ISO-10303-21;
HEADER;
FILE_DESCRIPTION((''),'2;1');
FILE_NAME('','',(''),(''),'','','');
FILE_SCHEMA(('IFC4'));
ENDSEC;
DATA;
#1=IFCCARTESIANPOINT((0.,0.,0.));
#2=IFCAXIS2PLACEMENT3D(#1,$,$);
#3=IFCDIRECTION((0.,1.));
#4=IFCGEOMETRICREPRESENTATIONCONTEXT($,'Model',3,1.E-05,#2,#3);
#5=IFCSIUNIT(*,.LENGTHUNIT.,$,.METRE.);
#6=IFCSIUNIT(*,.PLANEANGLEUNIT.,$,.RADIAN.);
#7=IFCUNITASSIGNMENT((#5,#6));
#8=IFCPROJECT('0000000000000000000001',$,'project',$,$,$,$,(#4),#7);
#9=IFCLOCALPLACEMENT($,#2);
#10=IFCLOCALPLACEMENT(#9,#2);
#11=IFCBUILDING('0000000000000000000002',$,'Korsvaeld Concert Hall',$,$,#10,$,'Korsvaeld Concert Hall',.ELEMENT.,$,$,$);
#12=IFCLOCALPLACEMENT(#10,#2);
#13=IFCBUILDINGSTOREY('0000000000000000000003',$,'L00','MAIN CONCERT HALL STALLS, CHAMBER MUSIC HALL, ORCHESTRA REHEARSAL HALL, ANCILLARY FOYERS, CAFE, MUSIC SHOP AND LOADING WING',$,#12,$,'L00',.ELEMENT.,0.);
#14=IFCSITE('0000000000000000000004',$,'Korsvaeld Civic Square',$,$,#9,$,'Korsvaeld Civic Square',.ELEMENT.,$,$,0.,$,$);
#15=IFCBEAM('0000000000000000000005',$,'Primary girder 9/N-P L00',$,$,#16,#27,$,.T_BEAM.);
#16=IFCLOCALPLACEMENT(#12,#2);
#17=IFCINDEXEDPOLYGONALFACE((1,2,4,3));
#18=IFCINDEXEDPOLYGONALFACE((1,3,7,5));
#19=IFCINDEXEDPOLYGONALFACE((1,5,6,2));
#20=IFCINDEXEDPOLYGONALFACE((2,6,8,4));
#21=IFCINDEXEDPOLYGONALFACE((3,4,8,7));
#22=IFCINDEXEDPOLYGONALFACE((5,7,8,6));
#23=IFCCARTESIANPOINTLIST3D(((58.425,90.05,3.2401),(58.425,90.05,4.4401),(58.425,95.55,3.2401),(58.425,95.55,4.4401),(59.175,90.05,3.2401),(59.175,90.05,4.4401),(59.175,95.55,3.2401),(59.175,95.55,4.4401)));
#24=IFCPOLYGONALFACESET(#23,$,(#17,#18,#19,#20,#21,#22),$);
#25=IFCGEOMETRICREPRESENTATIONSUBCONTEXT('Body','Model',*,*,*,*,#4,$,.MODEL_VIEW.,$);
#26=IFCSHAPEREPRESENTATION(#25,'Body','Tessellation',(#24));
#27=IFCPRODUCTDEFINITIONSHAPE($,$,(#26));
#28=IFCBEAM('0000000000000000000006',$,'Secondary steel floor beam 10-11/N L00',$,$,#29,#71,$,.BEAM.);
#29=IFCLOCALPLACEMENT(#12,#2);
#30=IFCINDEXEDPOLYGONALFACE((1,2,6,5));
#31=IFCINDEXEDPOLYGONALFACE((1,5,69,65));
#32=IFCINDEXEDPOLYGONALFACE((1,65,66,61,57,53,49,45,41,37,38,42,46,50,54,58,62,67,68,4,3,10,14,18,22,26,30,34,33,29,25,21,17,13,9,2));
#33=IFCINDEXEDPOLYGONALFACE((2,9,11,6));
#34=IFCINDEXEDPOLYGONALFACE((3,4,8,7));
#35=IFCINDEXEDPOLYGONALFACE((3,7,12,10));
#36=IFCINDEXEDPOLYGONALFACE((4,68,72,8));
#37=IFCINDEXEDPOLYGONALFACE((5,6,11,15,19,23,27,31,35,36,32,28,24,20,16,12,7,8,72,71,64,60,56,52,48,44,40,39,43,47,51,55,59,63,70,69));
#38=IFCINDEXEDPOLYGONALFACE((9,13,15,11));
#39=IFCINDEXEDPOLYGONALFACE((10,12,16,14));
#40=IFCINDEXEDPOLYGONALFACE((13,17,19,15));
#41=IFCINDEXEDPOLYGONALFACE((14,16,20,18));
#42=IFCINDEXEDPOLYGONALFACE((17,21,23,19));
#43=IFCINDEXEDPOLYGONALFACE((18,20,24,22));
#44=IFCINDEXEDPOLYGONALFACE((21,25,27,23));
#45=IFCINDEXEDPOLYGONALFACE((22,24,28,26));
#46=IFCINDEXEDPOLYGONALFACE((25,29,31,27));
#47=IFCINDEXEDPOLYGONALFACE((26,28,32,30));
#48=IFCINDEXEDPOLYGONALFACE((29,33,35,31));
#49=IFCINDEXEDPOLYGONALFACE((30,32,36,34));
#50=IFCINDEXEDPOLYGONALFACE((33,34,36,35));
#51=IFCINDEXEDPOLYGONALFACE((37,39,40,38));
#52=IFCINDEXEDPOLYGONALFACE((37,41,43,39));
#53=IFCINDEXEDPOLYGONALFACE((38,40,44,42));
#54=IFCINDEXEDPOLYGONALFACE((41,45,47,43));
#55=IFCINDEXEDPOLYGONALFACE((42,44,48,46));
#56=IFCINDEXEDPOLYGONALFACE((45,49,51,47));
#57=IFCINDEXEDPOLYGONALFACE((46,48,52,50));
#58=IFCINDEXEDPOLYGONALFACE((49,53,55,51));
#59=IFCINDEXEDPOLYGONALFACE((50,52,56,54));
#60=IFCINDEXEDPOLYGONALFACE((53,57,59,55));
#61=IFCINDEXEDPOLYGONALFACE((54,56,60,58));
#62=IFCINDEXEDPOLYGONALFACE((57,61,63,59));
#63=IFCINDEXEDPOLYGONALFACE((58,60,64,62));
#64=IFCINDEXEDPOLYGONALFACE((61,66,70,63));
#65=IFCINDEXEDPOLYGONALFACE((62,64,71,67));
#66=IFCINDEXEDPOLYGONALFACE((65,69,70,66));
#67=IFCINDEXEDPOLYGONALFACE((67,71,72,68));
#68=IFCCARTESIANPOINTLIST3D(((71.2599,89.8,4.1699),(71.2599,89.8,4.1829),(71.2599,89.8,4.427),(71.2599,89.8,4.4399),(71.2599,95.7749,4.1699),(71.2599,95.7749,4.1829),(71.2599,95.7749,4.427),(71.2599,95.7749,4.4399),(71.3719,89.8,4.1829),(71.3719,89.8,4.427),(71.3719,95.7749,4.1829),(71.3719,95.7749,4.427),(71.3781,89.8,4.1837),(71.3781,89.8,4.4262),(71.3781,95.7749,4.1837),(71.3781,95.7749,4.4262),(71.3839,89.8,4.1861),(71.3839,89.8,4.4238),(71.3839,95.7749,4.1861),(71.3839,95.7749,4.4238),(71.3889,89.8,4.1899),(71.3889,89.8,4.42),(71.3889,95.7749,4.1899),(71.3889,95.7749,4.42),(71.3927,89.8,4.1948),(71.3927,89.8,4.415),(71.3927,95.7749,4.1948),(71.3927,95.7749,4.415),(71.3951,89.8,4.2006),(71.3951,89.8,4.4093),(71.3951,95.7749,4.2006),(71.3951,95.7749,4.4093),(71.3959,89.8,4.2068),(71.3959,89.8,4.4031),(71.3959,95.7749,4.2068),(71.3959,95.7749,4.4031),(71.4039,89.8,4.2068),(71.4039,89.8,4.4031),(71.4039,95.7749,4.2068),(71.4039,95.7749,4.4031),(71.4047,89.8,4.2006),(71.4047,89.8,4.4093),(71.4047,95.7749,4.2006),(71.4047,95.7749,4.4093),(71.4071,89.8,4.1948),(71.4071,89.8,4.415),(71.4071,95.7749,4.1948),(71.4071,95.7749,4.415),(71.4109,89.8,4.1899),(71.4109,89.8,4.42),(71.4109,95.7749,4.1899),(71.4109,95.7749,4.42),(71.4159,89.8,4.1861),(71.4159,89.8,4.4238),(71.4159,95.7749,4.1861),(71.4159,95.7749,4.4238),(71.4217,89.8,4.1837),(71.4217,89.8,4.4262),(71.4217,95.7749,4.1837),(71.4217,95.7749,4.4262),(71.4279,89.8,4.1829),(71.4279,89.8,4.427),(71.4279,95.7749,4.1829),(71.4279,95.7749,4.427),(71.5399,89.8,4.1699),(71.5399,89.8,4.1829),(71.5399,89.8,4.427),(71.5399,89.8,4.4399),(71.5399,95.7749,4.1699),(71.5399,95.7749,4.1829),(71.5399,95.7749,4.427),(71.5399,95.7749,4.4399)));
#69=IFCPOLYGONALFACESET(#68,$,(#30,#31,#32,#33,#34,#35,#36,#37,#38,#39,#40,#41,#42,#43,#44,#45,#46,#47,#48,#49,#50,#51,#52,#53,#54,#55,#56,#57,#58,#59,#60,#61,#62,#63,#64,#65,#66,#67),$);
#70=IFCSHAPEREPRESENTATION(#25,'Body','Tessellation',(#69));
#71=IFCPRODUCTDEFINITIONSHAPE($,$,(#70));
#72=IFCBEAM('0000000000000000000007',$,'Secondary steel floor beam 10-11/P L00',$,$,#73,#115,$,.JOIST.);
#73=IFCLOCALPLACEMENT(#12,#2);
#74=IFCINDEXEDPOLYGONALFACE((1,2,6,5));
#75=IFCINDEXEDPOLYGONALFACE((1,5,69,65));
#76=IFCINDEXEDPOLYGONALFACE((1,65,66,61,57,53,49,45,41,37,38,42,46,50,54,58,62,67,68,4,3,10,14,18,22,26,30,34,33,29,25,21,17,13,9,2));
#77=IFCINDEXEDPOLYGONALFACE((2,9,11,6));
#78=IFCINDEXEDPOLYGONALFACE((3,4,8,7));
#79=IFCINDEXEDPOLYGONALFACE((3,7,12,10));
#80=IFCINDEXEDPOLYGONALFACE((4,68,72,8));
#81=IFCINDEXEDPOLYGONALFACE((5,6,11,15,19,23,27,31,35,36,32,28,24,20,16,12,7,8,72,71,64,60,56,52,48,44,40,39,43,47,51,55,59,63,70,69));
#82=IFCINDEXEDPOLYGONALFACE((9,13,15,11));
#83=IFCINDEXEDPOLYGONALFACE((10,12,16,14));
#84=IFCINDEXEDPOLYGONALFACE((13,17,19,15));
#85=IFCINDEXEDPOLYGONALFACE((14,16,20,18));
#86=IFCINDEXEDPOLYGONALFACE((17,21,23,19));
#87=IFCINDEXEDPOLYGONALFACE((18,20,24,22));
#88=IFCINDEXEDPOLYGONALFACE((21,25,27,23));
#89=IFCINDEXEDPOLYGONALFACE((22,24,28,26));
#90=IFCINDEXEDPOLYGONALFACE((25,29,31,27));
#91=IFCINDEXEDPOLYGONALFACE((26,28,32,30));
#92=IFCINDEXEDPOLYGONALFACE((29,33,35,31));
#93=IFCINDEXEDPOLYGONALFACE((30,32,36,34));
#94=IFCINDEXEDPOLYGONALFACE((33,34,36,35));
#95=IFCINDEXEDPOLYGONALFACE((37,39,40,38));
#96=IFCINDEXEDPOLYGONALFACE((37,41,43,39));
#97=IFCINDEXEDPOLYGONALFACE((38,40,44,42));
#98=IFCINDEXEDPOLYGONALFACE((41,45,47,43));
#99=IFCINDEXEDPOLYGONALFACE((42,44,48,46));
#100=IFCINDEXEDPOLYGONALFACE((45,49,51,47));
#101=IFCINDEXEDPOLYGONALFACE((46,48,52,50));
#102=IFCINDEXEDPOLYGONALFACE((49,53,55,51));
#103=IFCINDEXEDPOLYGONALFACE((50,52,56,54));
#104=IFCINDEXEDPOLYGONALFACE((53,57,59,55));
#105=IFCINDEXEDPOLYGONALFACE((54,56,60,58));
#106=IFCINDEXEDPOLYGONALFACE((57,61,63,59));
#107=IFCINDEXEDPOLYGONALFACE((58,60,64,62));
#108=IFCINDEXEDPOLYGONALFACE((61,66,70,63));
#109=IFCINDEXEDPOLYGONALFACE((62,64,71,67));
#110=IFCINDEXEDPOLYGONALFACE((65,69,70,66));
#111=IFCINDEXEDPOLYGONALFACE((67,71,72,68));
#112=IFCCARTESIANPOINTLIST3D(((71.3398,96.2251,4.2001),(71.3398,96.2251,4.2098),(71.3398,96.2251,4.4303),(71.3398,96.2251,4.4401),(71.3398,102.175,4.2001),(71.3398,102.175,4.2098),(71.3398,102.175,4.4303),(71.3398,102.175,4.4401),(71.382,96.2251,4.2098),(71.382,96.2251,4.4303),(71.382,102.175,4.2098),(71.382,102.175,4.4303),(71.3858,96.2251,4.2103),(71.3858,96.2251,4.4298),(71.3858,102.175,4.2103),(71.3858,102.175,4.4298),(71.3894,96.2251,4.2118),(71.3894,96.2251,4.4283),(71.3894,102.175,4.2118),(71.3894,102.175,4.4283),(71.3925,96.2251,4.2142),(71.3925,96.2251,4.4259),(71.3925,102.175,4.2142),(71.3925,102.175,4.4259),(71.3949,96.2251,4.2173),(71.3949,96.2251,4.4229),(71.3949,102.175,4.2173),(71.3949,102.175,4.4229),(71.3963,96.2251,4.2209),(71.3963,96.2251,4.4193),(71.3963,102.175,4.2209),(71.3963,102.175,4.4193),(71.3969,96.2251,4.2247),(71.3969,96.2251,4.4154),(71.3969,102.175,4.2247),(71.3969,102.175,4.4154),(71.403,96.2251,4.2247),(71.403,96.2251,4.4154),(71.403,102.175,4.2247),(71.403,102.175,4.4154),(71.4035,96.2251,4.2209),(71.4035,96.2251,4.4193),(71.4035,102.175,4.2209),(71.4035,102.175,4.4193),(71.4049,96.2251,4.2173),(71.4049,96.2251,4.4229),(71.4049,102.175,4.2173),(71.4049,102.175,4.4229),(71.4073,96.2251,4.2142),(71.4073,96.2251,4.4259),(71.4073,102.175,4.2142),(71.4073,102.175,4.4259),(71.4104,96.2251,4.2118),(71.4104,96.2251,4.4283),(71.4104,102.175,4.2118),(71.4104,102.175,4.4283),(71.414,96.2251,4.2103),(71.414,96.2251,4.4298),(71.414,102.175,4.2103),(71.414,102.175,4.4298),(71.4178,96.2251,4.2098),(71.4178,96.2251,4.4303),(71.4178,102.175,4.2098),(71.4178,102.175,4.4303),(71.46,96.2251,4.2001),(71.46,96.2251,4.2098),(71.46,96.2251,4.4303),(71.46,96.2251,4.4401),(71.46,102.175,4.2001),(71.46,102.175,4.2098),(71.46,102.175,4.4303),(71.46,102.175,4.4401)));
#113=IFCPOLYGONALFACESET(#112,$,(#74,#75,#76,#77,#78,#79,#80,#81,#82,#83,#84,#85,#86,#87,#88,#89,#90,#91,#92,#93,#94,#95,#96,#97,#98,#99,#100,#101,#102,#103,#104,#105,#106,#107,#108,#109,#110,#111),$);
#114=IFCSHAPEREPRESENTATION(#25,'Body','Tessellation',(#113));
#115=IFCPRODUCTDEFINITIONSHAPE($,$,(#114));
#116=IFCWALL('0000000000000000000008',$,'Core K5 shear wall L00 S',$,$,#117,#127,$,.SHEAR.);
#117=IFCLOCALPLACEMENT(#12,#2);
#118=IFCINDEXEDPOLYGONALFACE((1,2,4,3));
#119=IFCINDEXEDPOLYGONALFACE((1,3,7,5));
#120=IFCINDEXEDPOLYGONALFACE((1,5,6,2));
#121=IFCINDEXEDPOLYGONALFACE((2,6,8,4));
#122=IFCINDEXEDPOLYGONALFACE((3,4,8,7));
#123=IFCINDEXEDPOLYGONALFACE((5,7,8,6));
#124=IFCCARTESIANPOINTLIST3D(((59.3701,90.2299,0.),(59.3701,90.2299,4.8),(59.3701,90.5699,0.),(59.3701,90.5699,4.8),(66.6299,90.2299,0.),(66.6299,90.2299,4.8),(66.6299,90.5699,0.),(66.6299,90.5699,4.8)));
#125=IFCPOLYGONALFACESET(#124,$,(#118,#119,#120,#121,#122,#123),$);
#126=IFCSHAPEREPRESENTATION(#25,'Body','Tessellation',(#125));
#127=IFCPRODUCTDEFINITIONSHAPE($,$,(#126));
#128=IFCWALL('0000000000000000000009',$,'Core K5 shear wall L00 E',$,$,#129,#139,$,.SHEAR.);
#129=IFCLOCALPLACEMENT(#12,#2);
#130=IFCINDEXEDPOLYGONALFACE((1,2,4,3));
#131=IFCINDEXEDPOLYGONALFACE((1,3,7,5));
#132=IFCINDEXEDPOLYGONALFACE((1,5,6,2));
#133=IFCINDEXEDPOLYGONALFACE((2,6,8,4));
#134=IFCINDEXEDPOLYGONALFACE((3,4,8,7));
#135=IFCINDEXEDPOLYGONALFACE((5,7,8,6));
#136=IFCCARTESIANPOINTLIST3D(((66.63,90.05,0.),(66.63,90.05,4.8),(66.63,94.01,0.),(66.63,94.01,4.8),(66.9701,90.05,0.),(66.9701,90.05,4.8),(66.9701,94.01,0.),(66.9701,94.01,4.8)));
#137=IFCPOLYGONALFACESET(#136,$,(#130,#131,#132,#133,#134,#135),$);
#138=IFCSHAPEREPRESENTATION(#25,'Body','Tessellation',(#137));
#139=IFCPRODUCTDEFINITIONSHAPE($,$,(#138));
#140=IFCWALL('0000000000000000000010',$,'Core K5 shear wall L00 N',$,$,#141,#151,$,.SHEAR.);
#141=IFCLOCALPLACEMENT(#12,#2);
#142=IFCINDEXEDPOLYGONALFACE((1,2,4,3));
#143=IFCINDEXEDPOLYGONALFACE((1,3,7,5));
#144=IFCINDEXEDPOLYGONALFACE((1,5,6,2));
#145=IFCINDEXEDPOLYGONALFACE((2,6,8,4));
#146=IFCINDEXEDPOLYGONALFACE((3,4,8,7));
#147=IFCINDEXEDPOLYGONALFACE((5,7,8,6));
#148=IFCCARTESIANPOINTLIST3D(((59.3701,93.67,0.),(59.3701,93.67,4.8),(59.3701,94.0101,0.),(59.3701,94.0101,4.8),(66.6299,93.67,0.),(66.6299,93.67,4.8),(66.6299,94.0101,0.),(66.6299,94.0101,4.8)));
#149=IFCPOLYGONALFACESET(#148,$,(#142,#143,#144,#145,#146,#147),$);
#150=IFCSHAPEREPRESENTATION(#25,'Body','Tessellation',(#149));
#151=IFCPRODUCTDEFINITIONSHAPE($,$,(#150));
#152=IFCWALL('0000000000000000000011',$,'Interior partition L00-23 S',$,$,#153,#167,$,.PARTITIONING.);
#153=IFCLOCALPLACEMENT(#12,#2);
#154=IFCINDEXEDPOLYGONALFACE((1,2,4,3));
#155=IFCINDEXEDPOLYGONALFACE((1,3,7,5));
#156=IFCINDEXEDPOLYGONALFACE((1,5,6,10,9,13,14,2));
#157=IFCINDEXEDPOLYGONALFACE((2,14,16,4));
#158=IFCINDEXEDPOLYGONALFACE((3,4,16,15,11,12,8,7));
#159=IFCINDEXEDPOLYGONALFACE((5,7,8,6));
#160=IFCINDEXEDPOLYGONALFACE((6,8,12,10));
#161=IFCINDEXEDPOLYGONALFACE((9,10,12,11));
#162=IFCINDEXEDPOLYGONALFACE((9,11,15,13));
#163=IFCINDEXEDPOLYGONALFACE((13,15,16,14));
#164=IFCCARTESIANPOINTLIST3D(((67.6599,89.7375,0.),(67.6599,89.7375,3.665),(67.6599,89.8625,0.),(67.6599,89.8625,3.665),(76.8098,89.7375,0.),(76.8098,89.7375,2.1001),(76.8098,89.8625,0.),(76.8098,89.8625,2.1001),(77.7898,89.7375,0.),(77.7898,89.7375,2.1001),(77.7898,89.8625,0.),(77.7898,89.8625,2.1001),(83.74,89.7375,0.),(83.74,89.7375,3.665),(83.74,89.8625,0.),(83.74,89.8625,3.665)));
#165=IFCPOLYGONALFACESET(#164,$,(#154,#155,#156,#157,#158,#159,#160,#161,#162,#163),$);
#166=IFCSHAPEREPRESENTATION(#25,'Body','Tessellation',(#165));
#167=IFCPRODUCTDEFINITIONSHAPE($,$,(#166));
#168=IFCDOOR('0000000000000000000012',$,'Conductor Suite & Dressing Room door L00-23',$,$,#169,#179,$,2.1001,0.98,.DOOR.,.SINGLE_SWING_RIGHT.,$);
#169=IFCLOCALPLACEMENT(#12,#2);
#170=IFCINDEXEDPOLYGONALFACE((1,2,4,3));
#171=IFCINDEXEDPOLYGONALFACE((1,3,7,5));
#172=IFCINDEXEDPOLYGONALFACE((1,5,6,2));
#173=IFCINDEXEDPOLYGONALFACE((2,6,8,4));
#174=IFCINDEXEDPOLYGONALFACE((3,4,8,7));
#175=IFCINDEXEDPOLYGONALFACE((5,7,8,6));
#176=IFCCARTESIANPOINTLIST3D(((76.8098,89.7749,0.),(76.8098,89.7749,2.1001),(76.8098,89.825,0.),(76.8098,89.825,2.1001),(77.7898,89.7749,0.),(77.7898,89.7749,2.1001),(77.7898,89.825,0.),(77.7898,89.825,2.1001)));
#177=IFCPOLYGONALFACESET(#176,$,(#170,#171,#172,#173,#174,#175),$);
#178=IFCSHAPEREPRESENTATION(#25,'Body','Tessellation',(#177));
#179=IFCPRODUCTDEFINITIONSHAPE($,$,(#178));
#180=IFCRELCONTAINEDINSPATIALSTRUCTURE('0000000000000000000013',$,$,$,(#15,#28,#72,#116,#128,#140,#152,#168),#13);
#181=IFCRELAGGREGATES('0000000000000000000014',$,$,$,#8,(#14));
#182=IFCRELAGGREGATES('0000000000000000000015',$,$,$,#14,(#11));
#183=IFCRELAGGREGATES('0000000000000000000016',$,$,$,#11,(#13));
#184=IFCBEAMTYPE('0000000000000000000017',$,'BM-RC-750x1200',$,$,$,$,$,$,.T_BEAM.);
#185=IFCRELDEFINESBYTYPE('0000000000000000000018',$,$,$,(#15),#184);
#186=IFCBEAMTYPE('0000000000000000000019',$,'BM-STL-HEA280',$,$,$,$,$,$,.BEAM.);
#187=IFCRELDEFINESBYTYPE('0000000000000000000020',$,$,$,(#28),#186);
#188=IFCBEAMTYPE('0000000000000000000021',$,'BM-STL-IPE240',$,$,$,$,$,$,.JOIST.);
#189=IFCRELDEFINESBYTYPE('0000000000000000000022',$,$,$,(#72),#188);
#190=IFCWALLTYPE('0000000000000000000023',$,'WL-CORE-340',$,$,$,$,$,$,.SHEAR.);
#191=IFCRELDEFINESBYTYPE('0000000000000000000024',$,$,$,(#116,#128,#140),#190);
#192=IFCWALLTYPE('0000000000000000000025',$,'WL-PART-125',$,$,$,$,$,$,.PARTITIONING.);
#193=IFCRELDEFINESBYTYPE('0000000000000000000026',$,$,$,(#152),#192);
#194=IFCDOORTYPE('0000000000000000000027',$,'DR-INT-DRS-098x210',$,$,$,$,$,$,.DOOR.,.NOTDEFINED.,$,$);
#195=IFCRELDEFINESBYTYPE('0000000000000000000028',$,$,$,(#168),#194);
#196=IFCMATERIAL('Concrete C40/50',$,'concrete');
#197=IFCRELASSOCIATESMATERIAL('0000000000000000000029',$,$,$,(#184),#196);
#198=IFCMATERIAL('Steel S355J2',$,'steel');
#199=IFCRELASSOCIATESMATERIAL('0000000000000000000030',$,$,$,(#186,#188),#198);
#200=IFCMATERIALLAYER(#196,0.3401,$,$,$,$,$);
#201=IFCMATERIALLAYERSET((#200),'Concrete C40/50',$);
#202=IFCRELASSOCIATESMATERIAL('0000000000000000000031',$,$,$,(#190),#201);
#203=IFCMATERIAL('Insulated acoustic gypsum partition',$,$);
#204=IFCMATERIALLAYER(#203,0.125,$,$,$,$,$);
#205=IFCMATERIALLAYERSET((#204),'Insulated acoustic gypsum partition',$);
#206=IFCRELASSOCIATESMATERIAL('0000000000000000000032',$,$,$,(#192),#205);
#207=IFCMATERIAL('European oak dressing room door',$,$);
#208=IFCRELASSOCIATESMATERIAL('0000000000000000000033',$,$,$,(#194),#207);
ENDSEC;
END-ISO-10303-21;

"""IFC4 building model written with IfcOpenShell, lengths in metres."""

from ifc_helpers import new_model, si_unit, direction, frame, frame_2d, origin, origin_2d, place, context, subcontext, project, spatial, rectangle, i_section, extrude, material, layer, layer_set, material_profile, profile_set, type_object, element, fill, save


model = new_model("IFC4")

# Units and contexts
model_context = context("Model", 3, precision=1e-05, world=origin(), true_north=direction((0.0, 1.0)))
body_context = subcontext(model_context, "Body", "Model", "MODEL_VIEW")
ifc_project = project(units=[si_unit("LENGTHUNIT", "METRE"), si_unit("PLANEANGLEUNIT", "RADIAN")], contexts=[model_context])

# Site, building, storey
site_placement = place(None, origin())
site = spatial("IfcSite", under=ifc_project, at=site_placement, Name="Korsvaeld Civic Square", LongName="Korsvaeld Civic Square", CompositionType="ELEMENT", RefElevation=0.0)
building_placement = place(site_placement, origin())
building = spatial("IfcBuilding", under=site, at=building_placement, Name="Korsvaeld Concert Hall", LongName="Korsvaeld Concert Hall", CompositionType="ELEMENT")
storey_placement = place(building_placement, origin())
storey = spatial("IfcBuildingStorey", under=building, at=storey_placement, Name="L00", Description="MAIN CONCERT HALL STALLS, CHAMBER MUSIC HALL, ORCHESTRA REHEARSAL HALL, ANCILLARY FOYERS, CAFE, MUSIC SHOP AND LOADING WING", LongName="L00", CompositionType="ELEMENT", Elevation=0.0)

# Shared definitions
ifc_material_1 = material(Name="Concrete C40/50", Category="concrete")

# Beams
ifc_material_profile_1 = material_profile(ifc_material_1, rectangle(XDim=0.75, YDim=1.2, at=origin_2d()), Name="RC 750x1200")
ifc_profile_set_1 = profile_set([ifc_material_profile_1], Name="Concrete C40/50")
beam_type_1 = type_object("IfcBeamType", Name="BM-RC-750x1200", PredefinedType="T_BEAM", material=ifc_profile_set_1)
beam_1_placement = place(storey_placement, frame((58.8, 90.05, 3.8401), z_axis=(0.0, 1.0, 0.0), x_axis=(-1.0, 0.0, 0.0)))
element("IfcBeam", 1, at=beam_1_placement, inside=storey, type_object=beam_type_1, Name="Primary girder 9/N-P L00", PredefinedType="T_BEAM", context=body_context, shape_type="SweptSolid", body=[
    extrude(rectangle(XDim=0.75, YDim=1.2, at=origin_2d()), origin(), (0.0, 0.0, 1.0), 5.5),
])
ifc_material_2 = material(Name="Steel S355J2", Category="steel")
ifc_material_profile_2 = material_profile(ifc_material_2, i_section(OverallWidth=0.28, OverallDepth=0.27, WebThickness=0.0081, FlangeThickness=0.0129, FilletRadius=0.0239, at=origin_2d()), Name="HEA 280")
ifc_profile_set_2 = profile_set([ifc_material_profile_2], Name="Steel S355J2")
beam_type_2 = type_object("IfcBeamType", Name="BM-STL-HEA280", PredefinedType="BEAM", material=ifc_profile_set_2)
beam_2_placement = place(storey_placement, frame((71.3999, 89.8, 4.3049), z_axis=(0.0, 1.0, 0.0), x_axis=(-1.0, 0.0, 0.0)))
element("IfcBeam", 2, at=beam_2_placement, inside=storey, type_object=beam_type_2, Name="Secondary steel floor beam 10-11/N L00", PredefinedType="BEAM", context=body_context, shape_type="SweptSolid", body=[
    extrude(i_section(OverallWidth=0.28, OverallDepth=0.27, WebThickness=0.0081, FlangeThickness=0.0129, FilletRadius=0.0239, at=origin_2d()), origin(), (0.0, 0.0, 1.0), 5.9749),
])
ifc_material_profile_3 = material_profile(ifc_material_2, i_section(OverallWidth=0.1201, OverallDepth=0.24, WebThickness=0.0061, FlangeThickness=0.0098, FilletRadius=0.0149, at=origin_2d()), Name="IPE 240")
ifc_profile_set_3 = profile_set([ifc_material_profile_3], Name="Steel S355J2")
beam_type_3 = type_object("IfcBeamType", Name="BM-STL-IPE240", PredefinedType="JOIST", material=ifc_profile_set_3)
beam_3_placement = place(storey_placement, frame((71.3999, 96.2251, 4.3201), z_axis=(0.0, 1.0, 0.0), x_axis=(-1.0, 0.0, 0.0)))
element("IfcBeam", 3, at=beam_3_placement, inside=storey, type_object=beam_type_3, Name="Secondary steel floor beam 10-11/P L00", PredefinedType="JOIST", context=body_context, shape_type="SweptSolid", body=[
    extrude(i_section(OverallWidth=0.1201, OverallDepth=0.24, WebThickness=0.0061, FlangeThickness=0.0098, FilletRadius=0.0149, at=origin_2d()), origin(), (0.0, 0.0, 1.0), 5.95),
])

# Walls
ifc_layer_1 = layer(ifc_material_1, 0.3401)
ifc_layer_set_1 = layer_set([ifc_layer_1], Name="Concrete C40/50")
wall_type_1 = type_object("IfcWallType", Name="WL-CORE-340", PredefinedType="SHEAR", material=ifc_layer_set_1)
wall_1_placement = place(storey_placement, frame((59.3701, 90.3999, 0.0), z_axis=(0.0, 0.0, 1.0), x_axis=(1.0, 0.0, 0.0)))
element("IfcWall", 4, at=wall_1_placement, inside=storey, type_object=wall_type_1, Name="Core K5 shear wall L00 S", PredefinedType="SHEAR", context=body_context, shape_type="SweptSolid", body=[
    extrude(rectangle(XDim=7.2598, YDim=0.3401, at=frame_2d((3.6299, 0.0))), origin(), (0.0, 0.0, 1.0), 4.8),
])
wall_2_placement = place(storey_placement, frame((66.8, 90.05, 0.0), z_axis=(0.0, 0.0, 1.0), x_axis=(0.0, 1.0, 0.0)))
element("IfcWall", 5, at=wall_2_placement, inside=storey, type_object=wall_type_1, Name="Core K5 shear wall L00 E", PredefinedType="SHEAR", context=body_context, shape_type="SweptSolid", body=[
    extrude(rectangle(XDim=3.96, YDim=0.3401, at=frame_2d((1.98, 0.0))), origin(), (0.0, 0.0, 1.0), 4.8),
])
wall_3_placement = place(storey_placement, frame((66.6299, 93.8401, 0.0), z_axis=(0.0, 0.0, 1.0), x_axis=(-1.0, 0.0, 0.0)))
element("IfcWall", 6, at=wall_3_placement, inside=storey, type_object=wall_type_1, Name="Core K5 shear wall L00 N", PredefinedType="SHEAR", context=body_context, shape_type="SweptSolid", body=[
    extrude(rectangle(XDim=7.2598, YDim=0.3401, at=frame_2d((3.6299, 0.0))), origin(), (0.0, 0.0, 1.0), 4.8),
])

# Wall, opening, door
ifc_material_3 = material(Name="Insulated acoustic gypsum partition")
ifc_layer_2 = layer(ifc_material_3, 0.125)
ifc_layer_set_2 = layer_set([ifc_layer_2], Name="Insulated acoustic gypsum partition")
wall_type_2 = type_object("IfcWallType", Name="WL-PART-125", PredefinedType="PARTITIONING", material=ifc_layer_set_2)
wall_4_placement = place(storey_placement, frame((67.6599, 89.8, 0.0), z_axis=(0.0, 0.0, 1.0), x_axis=(1.0, 0.0, 0.0)))
wall_4 = element("IfcWall", 7, at=wall_4_placement, inside=storey, type_object=wall_type_2, Name="Interior partition L00-23 S", PredefinedType="PARTITIONING", context=body_context, shape_type="SweptSolid", body=[
    extrude(rectangle(XDim=16.0801, YDim=0.125, at=frame_2d((8.04, 0.0))), origin(), (0.0, 0.0, 1.0), 3.665),
])
opening_1_placement = place(wall_4_placement, frame((9.1499, 0.0, 0.0)))
opening_1 = element("IfcOpeningElement", 8, at=opening_1_placement, cuts=wall_4, PredefinedType="OPENING", context=body_context, shape_type="SweptSolid", body=[
    extrude(rectangle(XDim=0.98, YDim=2.1001, at=frame_2d((0.49, 1.05))), frame((0.0, 0.0725, 0.0), z_axis=(0.0, -1.0, 0.0), x_axis=(1.0, 0.0, 0.0)), (0.0, 0.0, 1.0), 0.145),
])
ifc_material_4 = material(Name="European oak dressing room door")
door_type_1 = type_object("IfcDoorType", Name="DR-INT-DRS-098x210", OperationType="NOTDEFINED", PredefinedType="DOOR", material=ifc_material_4)
door_1_placement = place(opening_1_placement, origin())
door_1 = element("IfcDoor", 9, at=door_1_placement, inside=storey, type_object=door_type_1, Name="Conductor Suite & Dressing Room door L00-23", OperationType="SINGLE_SWING_RIGHT", OverallHeight=2.1001, OverallWidth=0.98, PredefinedType="DOOR", context=body_context, shape_type="SweptSolid", body=[
    extrude(rectangle(XDim=0.98, YDim=2.1001, at=frame_2d((0.49, 1.05))), frame((0.0, 0.0249, 0.0), z_axis=(0.0, -1.0, 0.0), x_axis=(1.0, 0.0, 0.0)), (0.0, 0.0, 1.0), 0.05),
])
fill(opening_1, door_1)

save(model, "model.ifc")
